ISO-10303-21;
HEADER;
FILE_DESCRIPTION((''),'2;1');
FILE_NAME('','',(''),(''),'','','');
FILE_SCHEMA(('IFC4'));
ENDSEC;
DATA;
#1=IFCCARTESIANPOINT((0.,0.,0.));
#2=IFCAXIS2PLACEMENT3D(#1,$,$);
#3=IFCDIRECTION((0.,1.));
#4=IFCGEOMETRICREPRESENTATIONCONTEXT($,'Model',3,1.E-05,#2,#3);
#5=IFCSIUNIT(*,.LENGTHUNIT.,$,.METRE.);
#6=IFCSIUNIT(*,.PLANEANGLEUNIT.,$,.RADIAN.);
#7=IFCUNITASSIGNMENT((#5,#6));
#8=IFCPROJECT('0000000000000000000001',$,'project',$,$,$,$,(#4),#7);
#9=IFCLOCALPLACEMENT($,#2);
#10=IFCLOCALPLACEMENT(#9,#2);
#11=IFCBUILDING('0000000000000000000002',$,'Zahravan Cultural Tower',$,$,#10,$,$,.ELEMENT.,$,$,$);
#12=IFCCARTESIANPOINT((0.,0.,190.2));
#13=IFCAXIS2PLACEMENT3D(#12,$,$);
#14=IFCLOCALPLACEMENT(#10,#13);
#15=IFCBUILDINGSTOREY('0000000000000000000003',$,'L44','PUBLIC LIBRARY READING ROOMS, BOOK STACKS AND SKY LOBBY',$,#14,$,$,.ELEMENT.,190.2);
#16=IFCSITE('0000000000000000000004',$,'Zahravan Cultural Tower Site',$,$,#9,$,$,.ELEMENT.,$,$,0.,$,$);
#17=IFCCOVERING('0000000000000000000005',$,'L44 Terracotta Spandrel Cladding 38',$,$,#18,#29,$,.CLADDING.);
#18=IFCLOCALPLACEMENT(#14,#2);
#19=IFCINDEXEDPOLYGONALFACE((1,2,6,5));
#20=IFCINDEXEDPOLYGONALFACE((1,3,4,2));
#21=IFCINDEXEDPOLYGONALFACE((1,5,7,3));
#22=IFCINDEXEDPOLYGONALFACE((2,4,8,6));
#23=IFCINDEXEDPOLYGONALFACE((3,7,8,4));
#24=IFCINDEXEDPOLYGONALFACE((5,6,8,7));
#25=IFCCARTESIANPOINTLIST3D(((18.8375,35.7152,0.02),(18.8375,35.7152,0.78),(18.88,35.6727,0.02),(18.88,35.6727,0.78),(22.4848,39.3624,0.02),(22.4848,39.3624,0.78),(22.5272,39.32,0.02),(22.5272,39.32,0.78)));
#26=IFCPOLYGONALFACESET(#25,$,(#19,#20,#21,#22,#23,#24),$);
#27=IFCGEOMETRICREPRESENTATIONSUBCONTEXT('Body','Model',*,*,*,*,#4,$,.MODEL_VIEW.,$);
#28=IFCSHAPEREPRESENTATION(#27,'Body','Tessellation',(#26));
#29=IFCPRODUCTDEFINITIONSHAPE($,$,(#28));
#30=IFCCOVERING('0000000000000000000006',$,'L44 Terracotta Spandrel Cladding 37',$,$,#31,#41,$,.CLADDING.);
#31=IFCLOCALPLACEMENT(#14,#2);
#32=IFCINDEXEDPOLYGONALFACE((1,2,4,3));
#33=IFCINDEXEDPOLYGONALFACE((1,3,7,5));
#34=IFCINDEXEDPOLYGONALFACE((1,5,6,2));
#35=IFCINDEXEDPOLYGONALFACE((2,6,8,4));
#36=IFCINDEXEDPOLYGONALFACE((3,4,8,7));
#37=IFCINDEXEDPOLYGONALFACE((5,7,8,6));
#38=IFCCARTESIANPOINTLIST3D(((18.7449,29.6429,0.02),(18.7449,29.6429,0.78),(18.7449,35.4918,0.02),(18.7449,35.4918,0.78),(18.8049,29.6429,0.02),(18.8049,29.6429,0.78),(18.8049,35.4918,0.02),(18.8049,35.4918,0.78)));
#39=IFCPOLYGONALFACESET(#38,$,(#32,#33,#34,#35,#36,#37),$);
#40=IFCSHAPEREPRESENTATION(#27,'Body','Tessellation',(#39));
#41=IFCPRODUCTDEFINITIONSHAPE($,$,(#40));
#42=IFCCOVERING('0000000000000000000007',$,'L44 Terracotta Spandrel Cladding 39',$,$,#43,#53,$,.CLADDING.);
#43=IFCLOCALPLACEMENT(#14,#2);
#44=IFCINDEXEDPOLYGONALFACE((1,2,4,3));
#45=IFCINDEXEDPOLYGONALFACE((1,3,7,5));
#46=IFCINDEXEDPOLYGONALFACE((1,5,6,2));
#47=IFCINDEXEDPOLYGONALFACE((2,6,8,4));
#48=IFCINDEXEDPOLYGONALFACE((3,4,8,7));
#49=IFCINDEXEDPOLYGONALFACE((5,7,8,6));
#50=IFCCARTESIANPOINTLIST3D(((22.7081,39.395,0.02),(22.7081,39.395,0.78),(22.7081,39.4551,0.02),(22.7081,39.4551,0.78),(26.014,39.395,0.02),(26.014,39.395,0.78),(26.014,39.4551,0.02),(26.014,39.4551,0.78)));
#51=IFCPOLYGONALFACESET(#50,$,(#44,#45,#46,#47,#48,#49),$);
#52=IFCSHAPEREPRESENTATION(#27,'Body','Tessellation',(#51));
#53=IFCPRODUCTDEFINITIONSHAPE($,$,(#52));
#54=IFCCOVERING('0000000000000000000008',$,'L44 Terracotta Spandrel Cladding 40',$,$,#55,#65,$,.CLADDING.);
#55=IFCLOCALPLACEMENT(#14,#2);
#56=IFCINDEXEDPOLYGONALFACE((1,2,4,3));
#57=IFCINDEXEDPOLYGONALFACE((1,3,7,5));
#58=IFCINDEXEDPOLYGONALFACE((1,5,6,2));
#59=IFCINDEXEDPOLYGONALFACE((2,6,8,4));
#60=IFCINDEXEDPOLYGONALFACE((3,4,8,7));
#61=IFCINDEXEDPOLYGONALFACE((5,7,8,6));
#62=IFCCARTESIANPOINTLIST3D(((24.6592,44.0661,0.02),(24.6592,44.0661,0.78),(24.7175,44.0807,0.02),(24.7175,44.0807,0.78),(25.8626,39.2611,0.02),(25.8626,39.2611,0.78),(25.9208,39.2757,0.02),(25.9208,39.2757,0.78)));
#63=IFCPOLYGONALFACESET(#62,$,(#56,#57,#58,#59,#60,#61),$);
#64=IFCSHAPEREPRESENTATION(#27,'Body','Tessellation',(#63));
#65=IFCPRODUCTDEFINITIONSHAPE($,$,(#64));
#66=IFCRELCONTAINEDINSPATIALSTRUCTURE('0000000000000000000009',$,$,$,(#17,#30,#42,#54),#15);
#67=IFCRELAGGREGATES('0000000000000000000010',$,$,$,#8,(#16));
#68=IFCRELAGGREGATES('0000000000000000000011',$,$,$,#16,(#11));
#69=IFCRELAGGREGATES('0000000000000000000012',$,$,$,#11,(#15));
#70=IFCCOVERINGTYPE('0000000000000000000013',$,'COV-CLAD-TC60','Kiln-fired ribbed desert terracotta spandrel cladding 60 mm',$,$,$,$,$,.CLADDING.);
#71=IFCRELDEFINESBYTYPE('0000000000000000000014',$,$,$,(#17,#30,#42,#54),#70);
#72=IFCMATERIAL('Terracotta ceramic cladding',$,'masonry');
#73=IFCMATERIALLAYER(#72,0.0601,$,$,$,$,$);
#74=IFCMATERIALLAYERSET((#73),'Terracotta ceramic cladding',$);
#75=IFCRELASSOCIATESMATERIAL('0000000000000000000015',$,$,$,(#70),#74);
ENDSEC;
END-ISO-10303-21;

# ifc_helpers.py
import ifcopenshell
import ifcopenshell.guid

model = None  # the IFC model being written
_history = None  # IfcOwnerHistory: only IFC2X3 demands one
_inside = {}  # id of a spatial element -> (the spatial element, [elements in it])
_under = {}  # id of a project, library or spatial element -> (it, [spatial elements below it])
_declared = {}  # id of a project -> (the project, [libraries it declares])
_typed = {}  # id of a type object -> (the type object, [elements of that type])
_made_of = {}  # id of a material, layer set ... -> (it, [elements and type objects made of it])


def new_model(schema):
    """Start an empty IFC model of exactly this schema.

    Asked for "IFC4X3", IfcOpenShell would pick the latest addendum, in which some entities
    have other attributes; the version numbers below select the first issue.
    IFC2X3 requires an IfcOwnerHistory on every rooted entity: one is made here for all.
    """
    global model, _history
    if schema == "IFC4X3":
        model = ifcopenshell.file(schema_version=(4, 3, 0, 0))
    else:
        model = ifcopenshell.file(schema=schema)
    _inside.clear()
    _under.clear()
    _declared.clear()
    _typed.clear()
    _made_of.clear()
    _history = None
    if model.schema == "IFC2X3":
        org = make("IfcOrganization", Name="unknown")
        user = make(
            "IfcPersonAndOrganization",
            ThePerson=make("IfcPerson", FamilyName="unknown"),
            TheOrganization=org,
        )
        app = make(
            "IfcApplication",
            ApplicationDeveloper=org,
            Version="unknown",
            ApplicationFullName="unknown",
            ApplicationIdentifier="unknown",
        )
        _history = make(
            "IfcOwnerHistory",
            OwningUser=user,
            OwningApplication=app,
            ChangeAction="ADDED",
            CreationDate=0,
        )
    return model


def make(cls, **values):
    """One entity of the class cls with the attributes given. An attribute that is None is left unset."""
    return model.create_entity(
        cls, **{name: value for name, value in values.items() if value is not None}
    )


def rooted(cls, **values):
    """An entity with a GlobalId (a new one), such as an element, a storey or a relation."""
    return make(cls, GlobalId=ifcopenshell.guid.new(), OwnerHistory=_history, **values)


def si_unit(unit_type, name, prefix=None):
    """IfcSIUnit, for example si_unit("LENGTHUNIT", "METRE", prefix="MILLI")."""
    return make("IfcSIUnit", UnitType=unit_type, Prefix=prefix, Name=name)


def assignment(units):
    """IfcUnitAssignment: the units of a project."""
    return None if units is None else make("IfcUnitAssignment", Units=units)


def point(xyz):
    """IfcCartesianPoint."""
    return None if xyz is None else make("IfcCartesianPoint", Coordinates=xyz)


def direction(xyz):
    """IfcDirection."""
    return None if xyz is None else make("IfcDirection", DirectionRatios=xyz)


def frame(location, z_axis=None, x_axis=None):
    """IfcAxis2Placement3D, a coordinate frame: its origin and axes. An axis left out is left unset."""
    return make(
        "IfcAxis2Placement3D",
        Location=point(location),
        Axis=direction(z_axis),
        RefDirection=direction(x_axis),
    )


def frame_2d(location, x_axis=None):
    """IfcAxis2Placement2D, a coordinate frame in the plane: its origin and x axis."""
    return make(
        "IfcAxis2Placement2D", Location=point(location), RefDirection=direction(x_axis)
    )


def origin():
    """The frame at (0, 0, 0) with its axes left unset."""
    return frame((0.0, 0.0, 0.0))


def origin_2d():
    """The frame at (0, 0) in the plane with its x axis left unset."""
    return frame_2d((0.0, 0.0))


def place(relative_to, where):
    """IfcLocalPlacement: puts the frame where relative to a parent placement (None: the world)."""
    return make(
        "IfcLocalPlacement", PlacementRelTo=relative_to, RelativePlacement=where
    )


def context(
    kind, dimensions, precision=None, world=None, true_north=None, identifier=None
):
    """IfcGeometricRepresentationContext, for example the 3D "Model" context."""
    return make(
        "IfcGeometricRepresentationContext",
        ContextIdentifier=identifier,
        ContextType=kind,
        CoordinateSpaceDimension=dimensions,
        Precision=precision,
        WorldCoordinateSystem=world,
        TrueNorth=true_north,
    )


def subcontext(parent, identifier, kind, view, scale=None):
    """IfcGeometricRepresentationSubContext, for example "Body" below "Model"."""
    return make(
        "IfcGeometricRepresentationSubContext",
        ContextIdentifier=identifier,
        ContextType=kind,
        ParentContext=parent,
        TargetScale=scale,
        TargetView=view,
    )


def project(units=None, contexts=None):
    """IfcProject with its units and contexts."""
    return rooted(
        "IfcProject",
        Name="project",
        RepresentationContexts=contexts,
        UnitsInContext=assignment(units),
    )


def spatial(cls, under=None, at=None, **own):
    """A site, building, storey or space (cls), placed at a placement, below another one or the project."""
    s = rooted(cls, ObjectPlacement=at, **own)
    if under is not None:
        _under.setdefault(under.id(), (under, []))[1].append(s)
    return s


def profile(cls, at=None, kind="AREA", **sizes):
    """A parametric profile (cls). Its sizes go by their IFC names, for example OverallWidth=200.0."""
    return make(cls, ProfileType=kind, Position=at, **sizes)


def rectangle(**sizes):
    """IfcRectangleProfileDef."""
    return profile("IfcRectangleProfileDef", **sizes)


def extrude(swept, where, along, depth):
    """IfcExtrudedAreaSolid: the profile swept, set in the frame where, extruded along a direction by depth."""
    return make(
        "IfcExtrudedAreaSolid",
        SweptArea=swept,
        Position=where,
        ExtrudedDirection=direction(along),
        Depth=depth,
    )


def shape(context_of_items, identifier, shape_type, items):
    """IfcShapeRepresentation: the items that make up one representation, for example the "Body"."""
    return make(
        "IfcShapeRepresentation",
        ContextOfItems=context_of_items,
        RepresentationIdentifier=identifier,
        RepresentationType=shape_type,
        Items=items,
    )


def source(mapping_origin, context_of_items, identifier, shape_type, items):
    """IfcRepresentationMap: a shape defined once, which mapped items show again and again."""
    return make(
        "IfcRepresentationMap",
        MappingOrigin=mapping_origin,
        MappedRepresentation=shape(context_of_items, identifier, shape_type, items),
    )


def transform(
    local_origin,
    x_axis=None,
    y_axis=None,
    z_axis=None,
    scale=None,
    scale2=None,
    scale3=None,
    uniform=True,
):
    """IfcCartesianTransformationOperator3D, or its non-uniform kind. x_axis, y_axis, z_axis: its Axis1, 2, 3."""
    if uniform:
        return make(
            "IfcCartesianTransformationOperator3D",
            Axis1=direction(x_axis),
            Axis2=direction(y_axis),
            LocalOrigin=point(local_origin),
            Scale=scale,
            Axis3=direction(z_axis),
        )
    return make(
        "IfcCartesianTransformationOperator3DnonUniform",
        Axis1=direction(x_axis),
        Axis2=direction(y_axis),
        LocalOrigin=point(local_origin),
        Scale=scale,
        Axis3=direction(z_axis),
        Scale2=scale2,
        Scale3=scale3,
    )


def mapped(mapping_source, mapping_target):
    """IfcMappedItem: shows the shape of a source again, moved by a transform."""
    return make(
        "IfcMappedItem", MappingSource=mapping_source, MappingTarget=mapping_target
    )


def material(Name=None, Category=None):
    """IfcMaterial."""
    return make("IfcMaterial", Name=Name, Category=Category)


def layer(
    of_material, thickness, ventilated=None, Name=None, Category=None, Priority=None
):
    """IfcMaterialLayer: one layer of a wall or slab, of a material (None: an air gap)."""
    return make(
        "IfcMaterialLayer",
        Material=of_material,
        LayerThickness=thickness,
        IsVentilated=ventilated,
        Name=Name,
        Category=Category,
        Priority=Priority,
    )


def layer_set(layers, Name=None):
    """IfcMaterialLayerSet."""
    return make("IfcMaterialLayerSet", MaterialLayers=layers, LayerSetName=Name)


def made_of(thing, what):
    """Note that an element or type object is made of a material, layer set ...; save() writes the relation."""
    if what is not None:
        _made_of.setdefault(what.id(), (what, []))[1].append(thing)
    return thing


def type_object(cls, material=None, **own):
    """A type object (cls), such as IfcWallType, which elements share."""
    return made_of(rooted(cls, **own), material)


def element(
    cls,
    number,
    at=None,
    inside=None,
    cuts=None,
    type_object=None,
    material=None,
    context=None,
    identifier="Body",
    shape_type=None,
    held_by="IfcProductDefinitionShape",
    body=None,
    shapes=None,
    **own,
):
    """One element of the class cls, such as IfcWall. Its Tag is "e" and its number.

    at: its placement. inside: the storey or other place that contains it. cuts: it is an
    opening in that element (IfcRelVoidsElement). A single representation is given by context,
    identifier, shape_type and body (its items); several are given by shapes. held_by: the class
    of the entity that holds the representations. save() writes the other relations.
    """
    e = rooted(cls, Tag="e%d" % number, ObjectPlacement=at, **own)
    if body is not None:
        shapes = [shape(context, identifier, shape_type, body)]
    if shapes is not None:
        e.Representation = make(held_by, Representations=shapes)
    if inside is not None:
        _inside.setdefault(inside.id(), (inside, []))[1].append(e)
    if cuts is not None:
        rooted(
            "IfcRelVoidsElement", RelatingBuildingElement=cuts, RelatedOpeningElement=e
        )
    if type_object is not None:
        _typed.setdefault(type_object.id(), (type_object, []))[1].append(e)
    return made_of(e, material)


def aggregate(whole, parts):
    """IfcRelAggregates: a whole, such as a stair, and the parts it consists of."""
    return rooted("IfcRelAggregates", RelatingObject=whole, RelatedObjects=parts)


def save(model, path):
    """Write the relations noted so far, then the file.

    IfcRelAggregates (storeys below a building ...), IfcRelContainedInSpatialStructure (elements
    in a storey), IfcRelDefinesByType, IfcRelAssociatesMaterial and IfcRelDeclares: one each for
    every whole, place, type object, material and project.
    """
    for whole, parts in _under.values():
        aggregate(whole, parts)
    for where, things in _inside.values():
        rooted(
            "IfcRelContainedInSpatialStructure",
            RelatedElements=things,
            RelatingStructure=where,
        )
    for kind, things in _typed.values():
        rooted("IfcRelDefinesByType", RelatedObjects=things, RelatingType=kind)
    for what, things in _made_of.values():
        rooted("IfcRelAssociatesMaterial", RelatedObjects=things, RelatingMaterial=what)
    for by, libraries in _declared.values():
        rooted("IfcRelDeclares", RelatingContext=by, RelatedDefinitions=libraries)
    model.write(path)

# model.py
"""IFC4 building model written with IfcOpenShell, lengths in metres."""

from ifc_helpers import new_model, si_unit, direction, frame, origin, origin_2d, place, context, subcontext, project, spatial, rectangle, extrude, source, transform, mapped, material, layer, layer_set, type_object, element, save


model = new_model("IFC4")

# Units and contexts
model_context = context("Model", 3, precision=1e-05, world=origin(), true_north=direction((0.0, 1.0)))
body_context = subcontext(model_context, "Body", "Model", "MODEL_VIEW")
ifc_project = project(units=[si_unit("LENGTHUNIT", "METRE"), si_unit("PLANEANGLEUNIT", "RADIAN")], contexts=[model_context])

# Site, building, storey
site_placement = place(None, origin())
site = spatial("IfcSite", under=ifc_project, at=site_placement, Name="Zahravan Cultural Tower Site", CompositionType="ELEMENT", RefElevation=0.0)
building_placement = place(site_placement, origin())
building = spatial("IfcBuilding", under=site, at=building_placement, Name="Zahravan Cultural Tower", CompositionType="ELEMENT")
storey_placement = place(building_placement, frame((0.0, 0.0, 190.2)))
storey = spatial("IfcBuildingStorey", under=building, at=storey_placement, Name="L44", Description="PUBLIC LIBRARY READING ROOMS, BOOK STACKS AND SKY LOBBY", CompositionType="ELEMENT", Elevation=190.2)

# Coverings
ifc_material_1 = material(Name="Terracotta ceramic cladding", Category="masonry")
ifc_layer_1 = layer(ifc_material_1, 0.0601)
ifc_layer_set_1 = layer_set([ifc_layer_1], Name="Terracotta ceramic cladding")
covering_type = type_object("IfcCoveringType", Name="COV-CLAD-TC60", Description="Kiln-fired ribbed desert terracotta spandrel cladding 60 mm", PredefinedType="CLADDING", material=ifc_layer_set_1)
shared_shape_1 = source(origin(), body_context, "Body", "SweptSolid", [
    extrude(rectangle(XDim=5.158, YDim=0.0601, at=origin_2d()), origin(), (0.0, 0.0, 1.0), 0.76),
])
covering_1_placement = place(storey_placement, frame((20.6824, 37.5176, 0.02), z_axis=(0.0, 0.0, 1.0), x_axis=(0.707107, 0.707107, 0.0)))
element("IfcCovering", 1, at=covering_1_placement, inside=storey, type_object=covering_type, Name="L44 Terracotta Spandrel Cladding 38", PredefinedType="CLADDING", context=body_context, shape_type="MappedRepresentation", body=[
    mapped(shared_shape_1, transform((0.0, 0.0, 0.0), x_axis=(1.0, 0.0, 0.0), y_axis=(0.0, 1.0, 0.0), z_axis=(0.0, 0.0, 1.0), scale=1.0)),
])
shared_shape_2 = source(origin(), body_context, "Body", "SweptSolid", [
    extrude(rectangle(XDim=5.8489, YDim=0.0601, at=origin_2d()), origin(), (0.0, 0.0, 1.0), 0.76),
])
covering_2_placement = place(storey_placement, frame((18.7749, 32.5674, 0.02), z_axis=(0.0, 0.0, 1.0), x_axis=(0.0, 1.0, 0.0)))
element("IfcCovering", 2, at=covering_2_placement, inside=storey, type_object=covering_type, Name="L44 Terracotta Spandrel Cladding 37", PredefinedType="CLADDING", context=body_context, shape_type="MappedRepresentation", body=[
    mapped(shared_shape_2, transform((0.0, 0.0, 0.0), x_axis=(1.0, 0.0, 0.0), y_axis=(0.0, 1.0, 0.0), z_axis=(0.0, 0.0, 1.0), scale=1.0)),
])
shared_shape_3 = source(origin(), body_context, "Body", "SweptSolid", [
    extrude(rectangle(XDim=3.3059, YDim=0.0601, at=origin_2d()), origin(), (0.0, 0.0, 1.0), 0.76),
])
covering_3_placement = place(storey_placement, frame((24.3611, 39.425, 0.02), z_axis=(0.0, 0.0, 1.0), x_axis=(1.0, 0.0, 0.0)))
element("IfcCovering", 3, at=covering_3_placement, inside=storey, type_object=covering_type, Name="L44 Terracotta Spandrel Cladding 39", PredefinedType="CLADDING", context=body_context, shape_type="MappedRepresentation", body=[
    mapped(shared_shape_3, transform((0.0, 0.0, 0.0), x_axis=(1.0, 0.0, 0.0), y_axis=(0.0, 1.0, 0.0), z_axis=(0.0, 0.0, 1.0), scale=1.0)),
])
shared_shape_4 = source(origin(), body_context, "Body", "SweptSolid", [
    extrude(rectangle(XDim=4.9534, YDim=0.0601, at=origin_2d()), origin(), (0.0, 0.0, 1.0), 0.76),
])
covering_4_placement = place(storey_placement, frame((25.29, 41.6709, 0.02), z_axis=(0.0, 0.0, 1.0), x_axis=(-0.242938, 0.970042, 0.0)))
element("IfcCovering", 4, at=covering_4_placement, inside=storey, type_object=covering_type, Name="L44 Terracotta Spandrel Cladding 40", PredefinedType="CLADDING", context=body_context, shape_type="MappedRepresentation", body=[
    mapped(shared_shape_4, transform((0.0, 0.0, 0.0), x_axis=(1.0, 0.0, 0.0), y_axis=(0.0, 1.0, 0.0), z_axis=(0.0, 0.0, 1.0), scale=1.0)),
])

save(model, "model.ifc")
